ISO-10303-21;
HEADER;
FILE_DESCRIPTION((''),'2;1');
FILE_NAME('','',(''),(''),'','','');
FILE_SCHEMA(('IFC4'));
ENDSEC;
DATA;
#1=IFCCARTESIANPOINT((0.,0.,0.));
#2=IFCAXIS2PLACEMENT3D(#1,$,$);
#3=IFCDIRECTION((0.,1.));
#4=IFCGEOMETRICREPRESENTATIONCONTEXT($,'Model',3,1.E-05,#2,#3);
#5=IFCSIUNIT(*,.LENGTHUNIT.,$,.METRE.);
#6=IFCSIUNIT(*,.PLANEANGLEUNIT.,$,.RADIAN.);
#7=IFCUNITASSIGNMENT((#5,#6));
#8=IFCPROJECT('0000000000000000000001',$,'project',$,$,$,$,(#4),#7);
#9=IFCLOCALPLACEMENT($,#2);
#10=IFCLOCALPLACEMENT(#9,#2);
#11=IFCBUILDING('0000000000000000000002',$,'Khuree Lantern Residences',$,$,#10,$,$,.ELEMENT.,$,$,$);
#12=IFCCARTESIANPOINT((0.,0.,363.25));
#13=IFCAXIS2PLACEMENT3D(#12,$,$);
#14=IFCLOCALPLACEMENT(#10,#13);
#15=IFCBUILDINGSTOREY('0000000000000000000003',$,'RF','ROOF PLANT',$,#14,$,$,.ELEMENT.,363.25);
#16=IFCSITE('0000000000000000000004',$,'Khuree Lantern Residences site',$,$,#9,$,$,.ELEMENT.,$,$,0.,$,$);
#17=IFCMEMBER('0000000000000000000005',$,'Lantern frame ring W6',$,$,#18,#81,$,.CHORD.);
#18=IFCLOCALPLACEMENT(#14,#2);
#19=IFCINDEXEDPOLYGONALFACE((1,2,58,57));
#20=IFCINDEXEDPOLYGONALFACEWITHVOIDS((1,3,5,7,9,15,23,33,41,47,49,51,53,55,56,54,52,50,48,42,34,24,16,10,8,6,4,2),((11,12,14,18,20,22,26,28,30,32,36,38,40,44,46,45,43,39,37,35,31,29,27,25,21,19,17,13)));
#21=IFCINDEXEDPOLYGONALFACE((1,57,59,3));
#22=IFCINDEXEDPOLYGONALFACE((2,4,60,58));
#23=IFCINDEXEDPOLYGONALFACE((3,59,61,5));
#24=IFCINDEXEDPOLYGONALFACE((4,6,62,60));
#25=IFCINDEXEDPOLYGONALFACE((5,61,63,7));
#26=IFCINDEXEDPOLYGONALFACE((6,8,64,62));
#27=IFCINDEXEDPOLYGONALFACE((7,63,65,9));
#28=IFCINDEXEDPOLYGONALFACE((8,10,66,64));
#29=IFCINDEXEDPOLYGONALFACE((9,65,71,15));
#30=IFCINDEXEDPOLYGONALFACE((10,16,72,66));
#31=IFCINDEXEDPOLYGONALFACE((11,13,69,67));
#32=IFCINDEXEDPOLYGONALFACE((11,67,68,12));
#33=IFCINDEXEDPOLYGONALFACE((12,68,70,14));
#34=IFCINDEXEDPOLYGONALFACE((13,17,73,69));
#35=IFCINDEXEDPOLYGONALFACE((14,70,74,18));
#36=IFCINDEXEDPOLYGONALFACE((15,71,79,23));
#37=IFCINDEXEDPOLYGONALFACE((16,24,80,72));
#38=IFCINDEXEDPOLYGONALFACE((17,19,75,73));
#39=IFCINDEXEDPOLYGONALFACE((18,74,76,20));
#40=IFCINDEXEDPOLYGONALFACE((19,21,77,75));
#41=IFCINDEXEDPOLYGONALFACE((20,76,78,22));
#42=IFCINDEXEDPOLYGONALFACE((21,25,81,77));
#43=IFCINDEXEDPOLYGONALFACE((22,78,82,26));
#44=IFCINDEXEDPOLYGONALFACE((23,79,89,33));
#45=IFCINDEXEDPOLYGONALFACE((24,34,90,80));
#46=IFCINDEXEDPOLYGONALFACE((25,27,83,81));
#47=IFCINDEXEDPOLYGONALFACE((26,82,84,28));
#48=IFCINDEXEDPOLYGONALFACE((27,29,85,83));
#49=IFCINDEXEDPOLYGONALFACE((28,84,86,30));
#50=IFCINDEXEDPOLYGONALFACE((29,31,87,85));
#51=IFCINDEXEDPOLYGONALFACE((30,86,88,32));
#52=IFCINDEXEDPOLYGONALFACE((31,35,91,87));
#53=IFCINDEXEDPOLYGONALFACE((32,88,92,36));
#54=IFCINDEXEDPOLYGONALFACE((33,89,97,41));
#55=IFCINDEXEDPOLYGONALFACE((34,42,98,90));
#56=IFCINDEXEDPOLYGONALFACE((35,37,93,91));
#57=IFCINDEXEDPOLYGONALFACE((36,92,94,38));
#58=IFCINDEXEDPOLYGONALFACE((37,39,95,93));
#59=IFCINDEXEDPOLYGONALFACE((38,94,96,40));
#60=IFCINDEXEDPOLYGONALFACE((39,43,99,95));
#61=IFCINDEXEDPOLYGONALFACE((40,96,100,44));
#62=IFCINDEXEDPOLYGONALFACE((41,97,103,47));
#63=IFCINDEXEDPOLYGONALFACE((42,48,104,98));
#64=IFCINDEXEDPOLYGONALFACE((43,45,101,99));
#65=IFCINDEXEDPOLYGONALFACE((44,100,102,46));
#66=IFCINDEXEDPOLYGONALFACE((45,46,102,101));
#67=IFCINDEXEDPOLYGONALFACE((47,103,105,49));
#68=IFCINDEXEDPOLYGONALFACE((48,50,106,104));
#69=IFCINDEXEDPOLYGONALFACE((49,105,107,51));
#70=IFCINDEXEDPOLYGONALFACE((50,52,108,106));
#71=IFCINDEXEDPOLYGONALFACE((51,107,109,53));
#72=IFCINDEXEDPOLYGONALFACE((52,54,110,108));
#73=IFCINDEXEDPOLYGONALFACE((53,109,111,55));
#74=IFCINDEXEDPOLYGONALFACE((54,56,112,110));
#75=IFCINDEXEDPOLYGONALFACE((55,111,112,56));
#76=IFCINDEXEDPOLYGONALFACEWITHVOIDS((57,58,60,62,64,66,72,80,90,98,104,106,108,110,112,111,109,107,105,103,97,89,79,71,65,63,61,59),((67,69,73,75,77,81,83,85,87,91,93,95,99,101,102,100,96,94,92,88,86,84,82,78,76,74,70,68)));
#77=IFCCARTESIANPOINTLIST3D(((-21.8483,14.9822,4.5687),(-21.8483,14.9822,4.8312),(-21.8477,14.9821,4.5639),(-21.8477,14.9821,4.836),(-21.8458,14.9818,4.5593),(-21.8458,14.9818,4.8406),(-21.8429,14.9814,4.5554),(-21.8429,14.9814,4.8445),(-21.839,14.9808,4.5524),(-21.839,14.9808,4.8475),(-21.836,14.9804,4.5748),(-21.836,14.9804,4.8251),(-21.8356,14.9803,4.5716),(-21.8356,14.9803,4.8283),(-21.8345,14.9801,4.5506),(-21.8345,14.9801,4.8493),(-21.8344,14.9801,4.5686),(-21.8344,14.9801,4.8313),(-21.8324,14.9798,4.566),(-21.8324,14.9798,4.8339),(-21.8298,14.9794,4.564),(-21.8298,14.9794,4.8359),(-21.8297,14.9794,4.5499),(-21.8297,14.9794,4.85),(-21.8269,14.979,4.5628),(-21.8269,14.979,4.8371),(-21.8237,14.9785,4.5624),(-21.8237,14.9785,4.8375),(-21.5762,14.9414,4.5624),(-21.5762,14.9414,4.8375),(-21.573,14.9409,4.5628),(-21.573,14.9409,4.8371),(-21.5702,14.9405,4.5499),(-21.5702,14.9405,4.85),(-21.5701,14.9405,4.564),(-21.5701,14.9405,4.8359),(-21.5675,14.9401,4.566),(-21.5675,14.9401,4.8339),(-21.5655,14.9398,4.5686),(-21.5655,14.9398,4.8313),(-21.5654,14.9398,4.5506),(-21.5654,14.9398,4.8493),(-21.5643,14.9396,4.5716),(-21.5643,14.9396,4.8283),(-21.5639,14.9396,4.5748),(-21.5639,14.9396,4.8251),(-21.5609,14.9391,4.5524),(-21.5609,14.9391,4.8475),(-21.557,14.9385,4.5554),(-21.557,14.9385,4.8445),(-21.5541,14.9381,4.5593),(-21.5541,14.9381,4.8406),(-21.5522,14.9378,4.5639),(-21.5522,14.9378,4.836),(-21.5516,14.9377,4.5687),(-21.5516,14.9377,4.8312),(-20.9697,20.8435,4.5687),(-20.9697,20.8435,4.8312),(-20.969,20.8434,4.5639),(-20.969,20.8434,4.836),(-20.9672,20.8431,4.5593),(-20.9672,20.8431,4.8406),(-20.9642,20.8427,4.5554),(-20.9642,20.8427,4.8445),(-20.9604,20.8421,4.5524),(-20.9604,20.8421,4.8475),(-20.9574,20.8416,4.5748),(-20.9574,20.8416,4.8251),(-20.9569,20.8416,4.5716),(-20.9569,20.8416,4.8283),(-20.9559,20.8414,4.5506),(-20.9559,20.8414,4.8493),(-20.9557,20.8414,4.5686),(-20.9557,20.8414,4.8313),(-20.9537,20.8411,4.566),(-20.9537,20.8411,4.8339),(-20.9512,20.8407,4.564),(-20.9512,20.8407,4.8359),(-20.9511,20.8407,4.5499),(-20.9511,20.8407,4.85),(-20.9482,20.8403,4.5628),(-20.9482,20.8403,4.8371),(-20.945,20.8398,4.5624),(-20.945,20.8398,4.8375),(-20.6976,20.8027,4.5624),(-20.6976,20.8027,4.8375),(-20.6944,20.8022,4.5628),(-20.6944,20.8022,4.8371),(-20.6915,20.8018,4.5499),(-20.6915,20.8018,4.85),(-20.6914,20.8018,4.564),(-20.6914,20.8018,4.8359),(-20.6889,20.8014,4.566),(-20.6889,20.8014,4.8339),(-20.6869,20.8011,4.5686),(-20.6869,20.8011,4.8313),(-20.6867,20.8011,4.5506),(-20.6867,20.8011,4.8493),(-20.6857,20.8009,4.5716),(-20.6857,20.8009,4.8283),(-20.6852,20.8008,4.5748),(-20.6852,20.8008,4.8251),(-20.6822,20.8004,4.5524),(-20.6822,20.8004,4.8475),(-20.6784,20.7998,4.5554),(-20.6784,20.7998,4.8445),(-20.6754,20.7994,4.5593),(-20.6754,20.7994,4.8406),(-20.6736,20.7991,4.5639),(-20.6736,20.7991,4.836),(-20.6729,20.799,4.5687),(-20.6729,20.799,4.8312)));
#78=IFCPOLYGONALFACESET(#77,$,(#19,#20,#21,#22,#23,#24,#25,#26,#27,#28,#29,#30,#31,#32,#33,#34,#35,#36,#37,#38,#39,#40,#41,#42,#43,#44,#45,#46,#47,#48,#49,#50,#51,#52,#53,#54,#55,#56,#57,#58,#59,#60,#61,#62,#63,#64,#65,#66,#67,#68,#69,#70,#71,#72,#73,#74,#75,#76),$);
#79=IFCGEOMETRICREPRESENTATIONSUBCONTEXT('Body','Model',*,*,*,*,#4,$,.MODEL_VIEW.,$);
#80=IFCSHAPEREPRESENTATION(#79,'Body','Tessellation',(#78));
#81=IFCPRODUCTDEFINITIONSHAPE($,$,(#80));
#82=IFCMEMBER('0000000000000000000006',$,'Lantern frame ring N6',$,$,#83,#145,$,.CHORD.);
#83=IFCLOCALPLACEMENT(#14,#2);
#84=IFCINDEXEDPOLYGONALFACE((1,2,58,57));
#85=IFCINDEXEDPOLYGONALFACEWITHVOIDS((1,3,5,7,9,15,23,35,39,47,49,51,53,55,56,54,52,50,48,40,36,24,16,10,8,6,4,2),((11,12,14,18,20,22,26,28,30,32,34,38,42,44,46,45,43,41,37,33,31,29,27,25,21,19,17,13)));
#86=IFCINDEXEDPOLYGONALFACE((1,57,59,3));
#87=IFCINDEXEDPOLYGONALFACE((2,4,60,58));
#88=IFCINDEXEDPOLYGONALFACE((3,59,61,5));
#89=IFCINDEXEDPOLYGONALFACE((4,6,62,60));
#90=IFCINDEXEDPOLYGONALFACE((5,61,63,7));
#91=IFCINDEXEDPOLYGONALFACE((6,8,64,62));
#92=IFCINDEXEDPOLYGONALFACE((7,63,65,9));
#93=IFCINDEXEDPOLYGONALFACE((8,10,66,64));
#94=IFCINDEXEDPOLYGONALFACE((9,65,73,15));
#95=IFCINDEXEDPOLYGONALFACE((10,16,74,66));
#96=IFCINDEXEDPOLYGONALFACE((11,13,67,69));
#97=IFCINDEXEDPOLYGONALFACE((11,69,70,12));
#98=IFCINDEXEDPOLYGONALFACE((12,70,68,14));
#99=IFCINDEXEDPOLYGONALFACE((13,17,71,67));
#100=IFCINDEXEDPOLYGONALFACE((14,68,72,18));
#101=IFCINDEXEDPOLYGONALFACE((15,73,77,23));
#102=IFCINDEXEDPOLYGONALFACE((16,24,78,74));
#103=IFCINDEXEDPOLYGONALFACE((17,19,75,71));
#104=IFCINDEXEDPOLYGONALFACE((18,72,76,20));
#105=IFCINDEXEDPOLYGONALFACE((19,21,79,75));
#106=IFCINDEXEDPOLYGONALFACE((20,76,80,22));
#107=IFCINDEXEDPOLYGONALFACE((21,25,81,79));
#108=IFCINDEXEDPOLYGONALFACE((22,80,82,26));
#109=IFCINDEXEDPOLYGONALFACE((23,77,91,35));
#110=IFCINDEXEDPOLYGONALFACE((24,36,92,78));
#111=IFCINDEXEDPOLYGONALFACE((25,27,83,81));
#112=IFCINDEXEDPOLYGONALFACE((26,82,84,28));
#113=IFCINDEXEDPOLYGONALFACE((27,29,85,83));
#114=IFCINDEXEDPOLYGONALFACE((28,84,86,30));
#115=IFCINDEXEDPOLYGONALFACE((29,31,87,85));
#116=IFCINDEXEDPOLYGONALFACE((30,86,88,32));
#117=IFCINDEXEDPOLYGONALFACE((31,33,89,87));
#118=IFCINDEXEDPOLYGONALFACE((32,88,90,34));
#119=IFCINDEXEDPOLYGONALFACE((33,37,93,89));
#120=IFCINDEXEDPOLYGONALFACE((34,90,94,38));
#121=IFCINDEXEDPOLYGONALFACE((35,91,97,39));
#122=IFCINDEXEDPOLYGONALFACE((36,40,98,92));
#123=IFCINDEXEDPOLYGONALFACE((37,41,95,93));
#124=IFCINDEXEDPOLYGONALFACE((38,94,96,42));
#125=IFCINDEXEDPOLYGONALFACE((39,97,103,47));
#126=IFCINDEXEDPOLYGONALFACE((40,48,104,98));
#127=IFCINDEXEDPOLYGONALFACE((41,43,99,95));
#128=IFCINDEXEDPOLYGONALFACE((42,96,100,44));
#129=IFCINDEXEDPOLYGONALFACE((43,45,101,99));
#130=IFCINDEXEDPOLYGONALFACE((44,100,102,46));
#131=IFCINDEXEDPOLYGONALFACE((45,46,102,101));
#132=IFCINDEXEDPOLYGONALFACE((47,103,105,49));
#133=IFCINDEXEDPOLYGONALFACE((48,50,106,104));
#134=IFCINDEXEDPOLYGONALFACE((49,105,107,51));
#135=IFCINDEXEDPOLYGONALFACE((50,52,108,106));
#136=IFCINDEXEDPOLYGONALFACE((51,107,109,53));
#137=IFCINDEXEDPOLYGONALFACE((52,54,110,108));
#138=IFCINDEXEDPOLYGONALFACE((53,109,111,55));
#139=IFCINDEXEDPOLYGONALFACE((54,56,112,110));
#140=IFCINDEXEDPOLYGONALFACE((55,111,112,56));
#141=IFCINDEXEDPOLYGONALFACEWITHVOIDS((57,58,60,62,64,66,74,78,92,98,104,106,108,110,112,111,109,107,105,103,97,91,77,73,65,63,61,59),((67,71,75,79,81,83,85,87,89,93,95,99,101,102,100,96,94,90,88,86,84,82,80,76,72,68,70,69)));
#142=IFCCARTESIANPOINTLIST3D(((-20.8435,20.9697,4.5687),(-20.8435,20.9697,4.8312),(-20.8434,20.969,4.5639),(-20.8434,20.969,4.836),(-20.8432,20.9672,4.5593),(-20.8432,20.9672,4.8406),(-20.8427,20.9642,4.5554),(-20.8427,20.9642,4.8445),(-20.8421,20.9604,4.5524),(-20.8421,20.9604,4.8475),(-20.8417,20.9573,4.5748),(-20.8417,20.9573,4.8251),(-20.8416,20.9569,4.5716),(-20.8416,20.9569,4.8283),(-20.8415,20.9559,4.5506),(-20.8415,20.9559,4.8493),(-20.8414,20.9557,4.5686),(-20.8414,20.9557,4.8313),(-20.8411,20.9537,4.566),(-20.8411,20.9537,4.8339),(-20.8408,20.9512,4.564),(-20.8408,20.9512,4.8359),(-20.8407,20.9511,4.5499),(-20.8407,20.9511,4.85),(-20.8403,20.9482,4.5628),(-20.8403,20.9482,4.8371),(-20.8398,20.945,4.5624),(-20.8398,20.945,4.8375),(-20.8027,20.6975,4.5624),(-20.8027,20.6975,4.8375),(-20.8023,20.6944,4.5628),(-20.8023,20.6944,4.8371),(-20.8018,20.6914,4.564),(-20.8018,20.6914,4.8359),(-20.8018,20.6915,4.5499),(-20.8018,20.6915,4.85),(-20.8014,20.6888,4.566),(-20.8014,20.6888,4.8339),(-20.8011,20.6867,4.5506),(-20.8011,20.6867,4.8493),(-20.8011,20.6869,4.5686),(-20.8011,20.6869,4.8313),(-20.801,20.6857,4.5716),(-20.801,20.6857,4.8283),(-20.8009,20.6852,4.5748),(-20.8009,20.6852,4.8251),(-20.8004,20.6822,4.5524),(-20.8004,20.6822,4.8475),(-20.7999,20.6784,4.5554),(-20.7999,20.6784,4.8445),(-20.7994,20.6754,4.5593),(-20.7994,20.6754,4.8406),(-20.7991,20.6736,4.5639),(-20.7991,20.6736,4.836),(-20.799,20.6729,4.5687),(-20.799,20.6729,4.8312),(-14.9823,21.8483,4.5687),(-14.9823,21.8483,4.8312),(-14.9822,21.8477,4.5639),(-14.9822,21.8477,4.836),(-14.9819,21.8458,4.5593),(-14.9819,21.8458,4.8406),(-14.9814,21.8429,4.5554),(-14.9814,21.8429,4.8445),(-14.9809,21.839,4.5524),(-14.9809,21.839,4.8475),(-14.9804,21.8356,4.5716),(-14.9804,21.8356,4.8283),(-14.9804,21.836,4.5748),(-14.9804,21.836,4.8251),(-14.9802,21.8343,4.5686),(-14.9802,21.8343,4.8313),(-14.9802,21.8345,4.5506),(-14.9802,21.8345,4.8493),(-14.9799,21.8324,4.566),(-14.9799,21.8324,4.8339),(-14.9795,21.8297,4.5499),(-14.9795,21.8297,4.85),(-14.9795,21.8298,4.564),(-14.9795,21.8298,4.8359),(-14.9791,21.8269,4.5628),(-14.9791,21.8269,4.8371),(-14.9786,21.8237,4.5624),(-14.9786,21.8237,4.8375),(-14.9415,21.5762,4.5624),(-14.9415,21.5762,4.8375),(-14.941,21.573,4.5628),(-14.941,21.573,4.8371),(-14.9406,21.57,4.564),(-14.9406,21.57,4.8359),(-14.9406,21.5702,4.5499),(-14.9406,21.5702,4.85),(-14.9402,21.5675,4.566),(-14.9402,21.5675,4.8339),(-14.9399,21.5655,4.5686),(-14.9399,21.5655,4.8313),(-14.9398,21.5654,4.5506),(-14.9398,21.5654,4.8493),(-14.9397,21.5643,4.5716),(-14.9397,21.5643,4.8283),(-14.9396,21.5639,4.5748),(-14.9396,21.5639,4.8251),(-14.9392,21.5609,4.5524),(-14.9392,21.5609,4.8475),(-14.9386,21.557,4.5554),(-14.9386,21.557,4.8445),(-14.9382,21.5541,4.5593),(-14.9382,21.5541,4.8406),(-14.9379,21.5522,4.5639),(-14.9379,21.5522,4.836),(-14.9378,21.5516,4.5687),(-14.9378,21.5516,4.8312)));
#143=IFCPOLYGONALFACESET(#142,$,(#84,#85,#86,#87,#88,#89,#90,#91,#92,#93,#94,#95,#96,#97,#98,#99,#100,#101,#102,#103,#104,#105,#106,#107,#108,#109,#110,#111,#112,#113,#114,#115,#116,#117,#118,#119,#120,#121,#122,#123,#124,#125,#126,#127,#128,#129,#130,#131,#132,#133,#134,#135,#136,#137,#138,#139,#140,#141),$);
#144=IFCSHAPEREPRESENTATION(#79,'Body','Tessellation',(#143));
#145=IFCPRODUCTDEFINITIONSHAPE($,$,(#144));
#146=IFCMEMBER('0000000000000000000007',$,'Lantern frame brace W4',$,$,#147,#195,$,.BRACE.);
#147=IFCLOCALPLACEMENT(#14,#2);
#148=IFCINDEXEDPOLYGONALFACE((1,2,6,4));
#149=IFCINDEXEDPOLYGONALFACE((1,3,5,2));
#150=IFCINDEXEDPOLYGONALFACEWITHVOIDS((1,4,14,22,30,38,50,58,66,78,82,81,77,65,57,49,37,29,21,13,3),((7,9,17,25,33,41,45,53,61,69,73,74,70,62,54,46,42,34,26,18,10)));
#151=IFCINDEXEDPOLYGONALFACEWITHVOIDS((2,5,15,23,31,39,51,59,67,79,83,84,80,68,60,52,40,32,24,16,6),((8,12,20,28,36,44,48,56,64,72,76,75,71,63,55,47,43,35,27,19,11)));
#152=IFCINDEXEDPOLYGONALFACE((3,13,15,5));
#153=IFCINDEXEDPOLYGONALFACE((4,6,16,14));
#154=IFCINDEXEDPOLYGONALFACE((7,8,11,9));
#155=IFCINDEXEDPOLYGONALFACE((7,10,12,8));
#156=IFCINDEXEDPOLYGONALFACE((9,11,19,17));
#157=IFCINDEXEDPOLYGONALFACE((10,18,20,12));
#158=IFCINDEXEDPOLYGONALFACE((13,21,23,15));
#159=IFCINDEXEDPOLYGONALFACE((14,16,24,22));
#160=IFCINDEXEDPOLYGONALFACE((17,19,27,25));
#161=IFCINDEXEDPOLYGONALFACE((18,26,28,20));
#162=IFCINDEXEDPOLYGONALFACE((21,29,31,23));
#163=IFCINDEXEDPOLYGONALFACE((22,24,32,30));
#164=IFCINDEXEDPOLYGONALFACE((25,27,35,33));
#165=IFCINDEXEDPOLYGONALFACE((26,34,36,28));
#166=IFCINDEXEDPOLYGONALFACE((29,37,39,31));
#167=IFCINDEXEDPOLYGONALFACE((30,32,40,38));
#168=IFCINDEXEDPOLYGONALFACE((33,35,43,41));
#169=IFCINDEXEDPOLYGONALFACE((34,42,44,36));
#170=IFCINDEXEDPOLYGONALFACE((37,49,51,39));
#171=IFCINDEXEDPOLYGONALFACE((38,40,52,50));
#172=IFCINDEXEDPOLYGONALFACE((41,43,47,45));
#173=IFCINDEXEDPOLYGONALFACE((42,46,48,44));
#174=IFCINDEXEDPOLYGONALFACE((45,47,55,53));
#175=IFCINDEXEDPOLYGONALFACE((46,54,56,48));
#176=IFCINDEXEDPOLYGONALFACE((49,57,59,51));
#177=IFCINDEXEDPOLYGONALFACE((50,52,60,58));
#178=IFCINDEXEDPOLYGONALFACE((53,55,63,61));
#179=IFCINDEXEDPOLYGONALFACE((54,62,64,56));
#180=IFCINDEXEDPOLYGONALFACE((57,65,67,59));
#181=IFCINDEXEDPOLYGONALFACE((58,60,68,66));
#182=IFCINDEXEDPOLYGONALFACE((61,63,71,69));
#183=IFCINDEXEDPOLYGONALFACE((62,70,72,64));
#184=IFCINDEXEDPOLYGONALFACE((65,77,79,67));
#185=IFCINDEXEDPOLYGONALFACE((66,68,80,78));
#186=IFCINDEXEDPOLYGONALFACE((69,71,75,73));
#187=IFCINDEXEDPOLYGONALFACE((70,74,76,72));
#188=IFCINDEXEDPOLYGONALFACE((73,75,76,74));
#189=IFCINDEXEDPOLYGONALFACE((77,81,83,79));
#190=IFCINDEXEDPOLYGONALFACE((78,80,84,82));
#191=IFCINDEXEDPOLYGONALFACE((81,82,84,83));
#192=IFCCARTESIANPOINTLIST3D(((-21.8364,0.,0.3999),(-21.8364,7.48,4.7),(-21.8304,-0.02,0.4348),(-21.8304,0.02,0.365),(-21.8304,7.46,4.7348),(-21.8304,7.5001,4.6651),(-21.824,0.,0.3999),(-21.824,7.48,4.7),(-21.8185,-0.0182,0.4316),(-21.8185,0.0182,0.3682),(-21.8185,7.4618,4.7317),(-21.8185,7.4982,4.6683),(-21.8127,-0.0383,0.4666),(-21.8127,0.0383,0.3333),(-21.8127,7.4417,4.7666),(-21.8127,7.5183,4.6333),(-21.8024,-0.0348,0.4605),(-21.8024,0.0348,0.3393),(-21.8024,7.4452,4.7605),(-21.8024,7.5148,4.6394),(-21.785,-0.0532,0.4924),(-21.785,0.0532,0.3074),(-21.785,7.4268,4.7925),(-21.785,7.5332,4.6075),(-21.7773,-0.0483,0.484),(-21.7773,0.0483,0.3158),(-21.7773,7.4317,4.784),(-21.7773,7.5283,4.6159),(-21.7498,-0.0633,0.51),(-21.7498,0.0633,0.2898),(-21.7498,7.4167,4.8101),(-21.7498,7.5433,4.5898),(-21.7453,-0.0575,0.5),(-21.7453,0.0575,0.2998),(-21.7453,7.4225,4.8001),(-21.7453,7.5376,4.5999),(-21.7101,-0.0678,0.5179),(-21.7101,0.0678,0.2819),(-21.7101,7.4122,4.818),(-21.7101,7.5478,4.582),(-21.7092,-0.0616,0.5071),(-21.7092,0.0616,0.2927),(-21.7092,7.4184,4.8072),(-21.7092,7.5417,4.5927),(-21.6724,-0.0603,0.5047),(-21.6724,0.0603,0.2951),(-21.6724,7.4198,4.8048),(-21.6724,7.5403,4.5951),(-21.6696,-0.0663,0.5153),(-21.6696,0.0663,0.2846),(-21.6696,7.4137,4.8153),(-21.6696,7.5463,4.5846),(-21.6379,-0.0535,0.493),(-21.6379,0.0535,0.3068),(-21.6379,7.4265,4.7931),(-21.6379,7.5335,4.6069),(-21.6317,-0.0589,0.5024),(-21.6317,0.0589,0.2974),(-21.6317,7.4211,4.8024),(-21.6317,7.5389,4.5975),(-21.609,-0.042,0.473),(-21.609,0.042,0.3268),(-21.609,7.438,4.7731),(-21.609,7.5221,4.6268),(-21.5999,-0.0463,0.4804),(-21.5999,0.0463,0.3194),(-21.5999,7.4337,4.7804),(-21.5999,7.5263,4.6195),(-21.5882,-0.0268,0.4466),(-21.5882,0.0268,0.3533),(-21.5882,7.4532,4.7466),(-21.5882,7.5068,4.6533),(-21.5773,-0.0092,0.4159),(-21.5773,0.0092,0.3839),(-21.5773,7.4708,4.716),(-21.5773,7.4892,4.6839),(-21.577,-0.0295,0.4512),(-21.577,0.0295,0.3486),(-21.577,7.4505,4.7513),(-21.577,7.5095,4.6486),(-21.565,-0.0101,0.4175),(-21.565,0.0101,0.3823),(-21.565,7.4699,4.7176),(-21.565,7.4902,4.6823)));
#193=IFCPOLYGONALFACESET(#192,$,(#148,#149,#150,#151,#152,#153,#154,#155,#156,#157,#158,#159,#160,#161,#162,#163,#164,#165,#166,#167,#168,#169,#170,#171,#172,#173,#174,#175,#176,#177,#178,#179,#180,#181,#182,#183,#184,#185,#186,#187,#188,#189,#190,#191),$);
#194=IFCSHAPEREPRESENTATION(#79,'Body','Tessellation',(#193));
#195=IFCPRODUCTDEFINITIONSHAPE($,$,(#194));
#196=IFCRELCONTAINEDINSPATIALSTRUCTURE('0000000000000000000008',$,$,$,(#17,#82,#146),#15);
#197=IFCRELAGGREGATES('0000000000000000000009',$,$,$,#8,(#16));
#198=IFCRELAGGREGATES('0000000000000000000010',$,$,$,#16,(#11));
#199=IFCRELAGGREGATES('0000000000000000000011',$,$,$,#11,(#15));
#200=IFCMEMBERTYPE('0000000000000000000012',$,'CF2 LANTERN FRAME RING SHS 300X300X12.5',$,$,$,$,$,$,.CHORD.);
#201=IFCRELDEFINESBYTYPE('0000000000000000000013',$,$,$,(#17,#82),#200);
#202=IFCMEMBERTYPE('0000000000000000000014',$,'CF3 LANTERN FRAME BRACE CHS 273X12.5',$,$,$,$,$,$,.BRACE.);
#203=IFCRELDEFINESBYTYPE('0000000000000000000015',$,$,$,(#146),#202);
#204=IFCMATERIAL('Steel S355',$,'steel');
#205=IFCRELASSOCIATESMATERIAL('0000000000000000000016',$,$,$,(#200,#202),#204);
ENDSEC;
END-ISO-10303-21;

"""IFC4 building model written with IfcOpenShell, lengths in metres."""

from ifc_helpers import new_model, si_unit, direction, frame, origin, origin_2d, place, context, subcontext, project, spatial, hollow_rectangle, hollow_circle, extrude, material, material_profile, profile_set, type_object, element, save


model = new_model("IFC4")

# Units and contexts
model_context = context("Model", 3, precision=1e-05, world=origin(), true_north=direction((0.0, 1.0)))
body_context = subcontext(model_context, "Body", "Model", "MODEL_VIEW")
ifc_project = project(units=[si_unit("LENGTHUNIT", "METRE"), si_unit("PLANEANGLEUNIT", "RADIAN")], contexts=[model_context])

# Site, building, storey
site_placement = place(None, origin())
site = spatial("IfcSite", under=ifc_project, at=site_placement, Name="Khuree Lantern Residences site", CompositionType="ELEMENT", RefElevation=0.0)
building_placement = place(site_placement, origin())
building = spatial("IfcBuilding", under=site, at=building_placement, Name="Khuree Lantern Residences", CompositionType="ELEMENT")
storey_placement = place(building_placement, frame((0.0, 0.0, 363.25)))
storey = spatial("IfcBuildingStorey", under=building, at=storey_placement, Name="RF", Description="ROOF PLANT", CompositionType="ELEMENT", Elevation=363.25)

# Shared definitions
ifc_material_1 = material(Name="Steel S355", Category="steel")

# Members
ifc_material_profile_1 = material_profile(ifc_material_1, hollow_rectangle(XDim=0.3, YDim=0.3, WallThickness=0.0125, InnerFilletRadius=0.0125, OuterFilletRadius=0.0188, at=origin_2d()), Name="SHS 300X300X12.5")
ifc_profile_set_1 = profile_set([ifc_material_profile_1], Name="Steel S355")
member_type_1 = type_object("IfcMemberType", Name="CF2 LANTERN FRAME RING SHS 300X300X12.5", PredefinedType="CHORD", material=ifc_profile_set_1)
for number, where, z_axis, x_axis, name in (
    (1, (-21.7, 14.96, 4.7), (0.148252, 0.98895, 0.0), (-0.98895, 0.148252, 0.0), "Lantern frame ring W6"),
    (2, (-20.8213, 20.8213, 4.7), (0.98895, 0.148252, 0.0), (-0.148252, 0.98895, 0.0), "Lantern frame ring N6"),
):
    element("IfcMember", number, at=place(storey_placement, frame(where, z_axis=z_axis, x_axis=x_axis)), inside=storey, type_object=member_type_1, Name=name, PredefinedType="CHORD", context=body_context, shape_type="SweptSolid", body=[
        extrude(hollow_rectangle(XDim=0.3, YDim=0.3, WallThickness=0.0125, InnerFilletRadius=0.0125, OuterFilletRadius=0.0188, at=origin_2d()), origin(), (0.0, 0.0, 1.0), 5.9268),
    ])
ifc_material_profile_2 = material_profile(ifc_material_1, hollow_circle(Radius=0.1365, WallThickness=0.0125, at=origin_2d()), Name="CHS 273X12.5")
ifc_profile_set_2 = profile_set([ifc_material_profile_2], Name="Steel S355")
member_type_2 = type_object("IfcMemberType", Name="CF3 LANTERN FRAME BRACE CHS 273X12.5", PredefinedType="BRACE", material=ifc_profile_set_2)
for number, where, z_axis, x_axis, name in (
    (3, (-21.7, 0.0, 0.3999), (0.0, 0.866953, 0.498389), (-1.0, 0.0, 0.0), "Lantern frame brace W4"),
):
    element("IfcMember", number, at=place(storey_placement, frame(where, z_axis=z_axis, x_axis=x_axis)), inside=storey, type_object=member_type_2, Name=name, PredefinedType="BRACE", context=body_context, shape_type="SweptSolid", body=[
        extrude(hollow_circle(Radius=0.1365, WallThickness=0.0125, at=origin_2d()), origin(), (0.0, 0.0, 1.0), 8.6279),
    ])

save(model, "model.ifc")
